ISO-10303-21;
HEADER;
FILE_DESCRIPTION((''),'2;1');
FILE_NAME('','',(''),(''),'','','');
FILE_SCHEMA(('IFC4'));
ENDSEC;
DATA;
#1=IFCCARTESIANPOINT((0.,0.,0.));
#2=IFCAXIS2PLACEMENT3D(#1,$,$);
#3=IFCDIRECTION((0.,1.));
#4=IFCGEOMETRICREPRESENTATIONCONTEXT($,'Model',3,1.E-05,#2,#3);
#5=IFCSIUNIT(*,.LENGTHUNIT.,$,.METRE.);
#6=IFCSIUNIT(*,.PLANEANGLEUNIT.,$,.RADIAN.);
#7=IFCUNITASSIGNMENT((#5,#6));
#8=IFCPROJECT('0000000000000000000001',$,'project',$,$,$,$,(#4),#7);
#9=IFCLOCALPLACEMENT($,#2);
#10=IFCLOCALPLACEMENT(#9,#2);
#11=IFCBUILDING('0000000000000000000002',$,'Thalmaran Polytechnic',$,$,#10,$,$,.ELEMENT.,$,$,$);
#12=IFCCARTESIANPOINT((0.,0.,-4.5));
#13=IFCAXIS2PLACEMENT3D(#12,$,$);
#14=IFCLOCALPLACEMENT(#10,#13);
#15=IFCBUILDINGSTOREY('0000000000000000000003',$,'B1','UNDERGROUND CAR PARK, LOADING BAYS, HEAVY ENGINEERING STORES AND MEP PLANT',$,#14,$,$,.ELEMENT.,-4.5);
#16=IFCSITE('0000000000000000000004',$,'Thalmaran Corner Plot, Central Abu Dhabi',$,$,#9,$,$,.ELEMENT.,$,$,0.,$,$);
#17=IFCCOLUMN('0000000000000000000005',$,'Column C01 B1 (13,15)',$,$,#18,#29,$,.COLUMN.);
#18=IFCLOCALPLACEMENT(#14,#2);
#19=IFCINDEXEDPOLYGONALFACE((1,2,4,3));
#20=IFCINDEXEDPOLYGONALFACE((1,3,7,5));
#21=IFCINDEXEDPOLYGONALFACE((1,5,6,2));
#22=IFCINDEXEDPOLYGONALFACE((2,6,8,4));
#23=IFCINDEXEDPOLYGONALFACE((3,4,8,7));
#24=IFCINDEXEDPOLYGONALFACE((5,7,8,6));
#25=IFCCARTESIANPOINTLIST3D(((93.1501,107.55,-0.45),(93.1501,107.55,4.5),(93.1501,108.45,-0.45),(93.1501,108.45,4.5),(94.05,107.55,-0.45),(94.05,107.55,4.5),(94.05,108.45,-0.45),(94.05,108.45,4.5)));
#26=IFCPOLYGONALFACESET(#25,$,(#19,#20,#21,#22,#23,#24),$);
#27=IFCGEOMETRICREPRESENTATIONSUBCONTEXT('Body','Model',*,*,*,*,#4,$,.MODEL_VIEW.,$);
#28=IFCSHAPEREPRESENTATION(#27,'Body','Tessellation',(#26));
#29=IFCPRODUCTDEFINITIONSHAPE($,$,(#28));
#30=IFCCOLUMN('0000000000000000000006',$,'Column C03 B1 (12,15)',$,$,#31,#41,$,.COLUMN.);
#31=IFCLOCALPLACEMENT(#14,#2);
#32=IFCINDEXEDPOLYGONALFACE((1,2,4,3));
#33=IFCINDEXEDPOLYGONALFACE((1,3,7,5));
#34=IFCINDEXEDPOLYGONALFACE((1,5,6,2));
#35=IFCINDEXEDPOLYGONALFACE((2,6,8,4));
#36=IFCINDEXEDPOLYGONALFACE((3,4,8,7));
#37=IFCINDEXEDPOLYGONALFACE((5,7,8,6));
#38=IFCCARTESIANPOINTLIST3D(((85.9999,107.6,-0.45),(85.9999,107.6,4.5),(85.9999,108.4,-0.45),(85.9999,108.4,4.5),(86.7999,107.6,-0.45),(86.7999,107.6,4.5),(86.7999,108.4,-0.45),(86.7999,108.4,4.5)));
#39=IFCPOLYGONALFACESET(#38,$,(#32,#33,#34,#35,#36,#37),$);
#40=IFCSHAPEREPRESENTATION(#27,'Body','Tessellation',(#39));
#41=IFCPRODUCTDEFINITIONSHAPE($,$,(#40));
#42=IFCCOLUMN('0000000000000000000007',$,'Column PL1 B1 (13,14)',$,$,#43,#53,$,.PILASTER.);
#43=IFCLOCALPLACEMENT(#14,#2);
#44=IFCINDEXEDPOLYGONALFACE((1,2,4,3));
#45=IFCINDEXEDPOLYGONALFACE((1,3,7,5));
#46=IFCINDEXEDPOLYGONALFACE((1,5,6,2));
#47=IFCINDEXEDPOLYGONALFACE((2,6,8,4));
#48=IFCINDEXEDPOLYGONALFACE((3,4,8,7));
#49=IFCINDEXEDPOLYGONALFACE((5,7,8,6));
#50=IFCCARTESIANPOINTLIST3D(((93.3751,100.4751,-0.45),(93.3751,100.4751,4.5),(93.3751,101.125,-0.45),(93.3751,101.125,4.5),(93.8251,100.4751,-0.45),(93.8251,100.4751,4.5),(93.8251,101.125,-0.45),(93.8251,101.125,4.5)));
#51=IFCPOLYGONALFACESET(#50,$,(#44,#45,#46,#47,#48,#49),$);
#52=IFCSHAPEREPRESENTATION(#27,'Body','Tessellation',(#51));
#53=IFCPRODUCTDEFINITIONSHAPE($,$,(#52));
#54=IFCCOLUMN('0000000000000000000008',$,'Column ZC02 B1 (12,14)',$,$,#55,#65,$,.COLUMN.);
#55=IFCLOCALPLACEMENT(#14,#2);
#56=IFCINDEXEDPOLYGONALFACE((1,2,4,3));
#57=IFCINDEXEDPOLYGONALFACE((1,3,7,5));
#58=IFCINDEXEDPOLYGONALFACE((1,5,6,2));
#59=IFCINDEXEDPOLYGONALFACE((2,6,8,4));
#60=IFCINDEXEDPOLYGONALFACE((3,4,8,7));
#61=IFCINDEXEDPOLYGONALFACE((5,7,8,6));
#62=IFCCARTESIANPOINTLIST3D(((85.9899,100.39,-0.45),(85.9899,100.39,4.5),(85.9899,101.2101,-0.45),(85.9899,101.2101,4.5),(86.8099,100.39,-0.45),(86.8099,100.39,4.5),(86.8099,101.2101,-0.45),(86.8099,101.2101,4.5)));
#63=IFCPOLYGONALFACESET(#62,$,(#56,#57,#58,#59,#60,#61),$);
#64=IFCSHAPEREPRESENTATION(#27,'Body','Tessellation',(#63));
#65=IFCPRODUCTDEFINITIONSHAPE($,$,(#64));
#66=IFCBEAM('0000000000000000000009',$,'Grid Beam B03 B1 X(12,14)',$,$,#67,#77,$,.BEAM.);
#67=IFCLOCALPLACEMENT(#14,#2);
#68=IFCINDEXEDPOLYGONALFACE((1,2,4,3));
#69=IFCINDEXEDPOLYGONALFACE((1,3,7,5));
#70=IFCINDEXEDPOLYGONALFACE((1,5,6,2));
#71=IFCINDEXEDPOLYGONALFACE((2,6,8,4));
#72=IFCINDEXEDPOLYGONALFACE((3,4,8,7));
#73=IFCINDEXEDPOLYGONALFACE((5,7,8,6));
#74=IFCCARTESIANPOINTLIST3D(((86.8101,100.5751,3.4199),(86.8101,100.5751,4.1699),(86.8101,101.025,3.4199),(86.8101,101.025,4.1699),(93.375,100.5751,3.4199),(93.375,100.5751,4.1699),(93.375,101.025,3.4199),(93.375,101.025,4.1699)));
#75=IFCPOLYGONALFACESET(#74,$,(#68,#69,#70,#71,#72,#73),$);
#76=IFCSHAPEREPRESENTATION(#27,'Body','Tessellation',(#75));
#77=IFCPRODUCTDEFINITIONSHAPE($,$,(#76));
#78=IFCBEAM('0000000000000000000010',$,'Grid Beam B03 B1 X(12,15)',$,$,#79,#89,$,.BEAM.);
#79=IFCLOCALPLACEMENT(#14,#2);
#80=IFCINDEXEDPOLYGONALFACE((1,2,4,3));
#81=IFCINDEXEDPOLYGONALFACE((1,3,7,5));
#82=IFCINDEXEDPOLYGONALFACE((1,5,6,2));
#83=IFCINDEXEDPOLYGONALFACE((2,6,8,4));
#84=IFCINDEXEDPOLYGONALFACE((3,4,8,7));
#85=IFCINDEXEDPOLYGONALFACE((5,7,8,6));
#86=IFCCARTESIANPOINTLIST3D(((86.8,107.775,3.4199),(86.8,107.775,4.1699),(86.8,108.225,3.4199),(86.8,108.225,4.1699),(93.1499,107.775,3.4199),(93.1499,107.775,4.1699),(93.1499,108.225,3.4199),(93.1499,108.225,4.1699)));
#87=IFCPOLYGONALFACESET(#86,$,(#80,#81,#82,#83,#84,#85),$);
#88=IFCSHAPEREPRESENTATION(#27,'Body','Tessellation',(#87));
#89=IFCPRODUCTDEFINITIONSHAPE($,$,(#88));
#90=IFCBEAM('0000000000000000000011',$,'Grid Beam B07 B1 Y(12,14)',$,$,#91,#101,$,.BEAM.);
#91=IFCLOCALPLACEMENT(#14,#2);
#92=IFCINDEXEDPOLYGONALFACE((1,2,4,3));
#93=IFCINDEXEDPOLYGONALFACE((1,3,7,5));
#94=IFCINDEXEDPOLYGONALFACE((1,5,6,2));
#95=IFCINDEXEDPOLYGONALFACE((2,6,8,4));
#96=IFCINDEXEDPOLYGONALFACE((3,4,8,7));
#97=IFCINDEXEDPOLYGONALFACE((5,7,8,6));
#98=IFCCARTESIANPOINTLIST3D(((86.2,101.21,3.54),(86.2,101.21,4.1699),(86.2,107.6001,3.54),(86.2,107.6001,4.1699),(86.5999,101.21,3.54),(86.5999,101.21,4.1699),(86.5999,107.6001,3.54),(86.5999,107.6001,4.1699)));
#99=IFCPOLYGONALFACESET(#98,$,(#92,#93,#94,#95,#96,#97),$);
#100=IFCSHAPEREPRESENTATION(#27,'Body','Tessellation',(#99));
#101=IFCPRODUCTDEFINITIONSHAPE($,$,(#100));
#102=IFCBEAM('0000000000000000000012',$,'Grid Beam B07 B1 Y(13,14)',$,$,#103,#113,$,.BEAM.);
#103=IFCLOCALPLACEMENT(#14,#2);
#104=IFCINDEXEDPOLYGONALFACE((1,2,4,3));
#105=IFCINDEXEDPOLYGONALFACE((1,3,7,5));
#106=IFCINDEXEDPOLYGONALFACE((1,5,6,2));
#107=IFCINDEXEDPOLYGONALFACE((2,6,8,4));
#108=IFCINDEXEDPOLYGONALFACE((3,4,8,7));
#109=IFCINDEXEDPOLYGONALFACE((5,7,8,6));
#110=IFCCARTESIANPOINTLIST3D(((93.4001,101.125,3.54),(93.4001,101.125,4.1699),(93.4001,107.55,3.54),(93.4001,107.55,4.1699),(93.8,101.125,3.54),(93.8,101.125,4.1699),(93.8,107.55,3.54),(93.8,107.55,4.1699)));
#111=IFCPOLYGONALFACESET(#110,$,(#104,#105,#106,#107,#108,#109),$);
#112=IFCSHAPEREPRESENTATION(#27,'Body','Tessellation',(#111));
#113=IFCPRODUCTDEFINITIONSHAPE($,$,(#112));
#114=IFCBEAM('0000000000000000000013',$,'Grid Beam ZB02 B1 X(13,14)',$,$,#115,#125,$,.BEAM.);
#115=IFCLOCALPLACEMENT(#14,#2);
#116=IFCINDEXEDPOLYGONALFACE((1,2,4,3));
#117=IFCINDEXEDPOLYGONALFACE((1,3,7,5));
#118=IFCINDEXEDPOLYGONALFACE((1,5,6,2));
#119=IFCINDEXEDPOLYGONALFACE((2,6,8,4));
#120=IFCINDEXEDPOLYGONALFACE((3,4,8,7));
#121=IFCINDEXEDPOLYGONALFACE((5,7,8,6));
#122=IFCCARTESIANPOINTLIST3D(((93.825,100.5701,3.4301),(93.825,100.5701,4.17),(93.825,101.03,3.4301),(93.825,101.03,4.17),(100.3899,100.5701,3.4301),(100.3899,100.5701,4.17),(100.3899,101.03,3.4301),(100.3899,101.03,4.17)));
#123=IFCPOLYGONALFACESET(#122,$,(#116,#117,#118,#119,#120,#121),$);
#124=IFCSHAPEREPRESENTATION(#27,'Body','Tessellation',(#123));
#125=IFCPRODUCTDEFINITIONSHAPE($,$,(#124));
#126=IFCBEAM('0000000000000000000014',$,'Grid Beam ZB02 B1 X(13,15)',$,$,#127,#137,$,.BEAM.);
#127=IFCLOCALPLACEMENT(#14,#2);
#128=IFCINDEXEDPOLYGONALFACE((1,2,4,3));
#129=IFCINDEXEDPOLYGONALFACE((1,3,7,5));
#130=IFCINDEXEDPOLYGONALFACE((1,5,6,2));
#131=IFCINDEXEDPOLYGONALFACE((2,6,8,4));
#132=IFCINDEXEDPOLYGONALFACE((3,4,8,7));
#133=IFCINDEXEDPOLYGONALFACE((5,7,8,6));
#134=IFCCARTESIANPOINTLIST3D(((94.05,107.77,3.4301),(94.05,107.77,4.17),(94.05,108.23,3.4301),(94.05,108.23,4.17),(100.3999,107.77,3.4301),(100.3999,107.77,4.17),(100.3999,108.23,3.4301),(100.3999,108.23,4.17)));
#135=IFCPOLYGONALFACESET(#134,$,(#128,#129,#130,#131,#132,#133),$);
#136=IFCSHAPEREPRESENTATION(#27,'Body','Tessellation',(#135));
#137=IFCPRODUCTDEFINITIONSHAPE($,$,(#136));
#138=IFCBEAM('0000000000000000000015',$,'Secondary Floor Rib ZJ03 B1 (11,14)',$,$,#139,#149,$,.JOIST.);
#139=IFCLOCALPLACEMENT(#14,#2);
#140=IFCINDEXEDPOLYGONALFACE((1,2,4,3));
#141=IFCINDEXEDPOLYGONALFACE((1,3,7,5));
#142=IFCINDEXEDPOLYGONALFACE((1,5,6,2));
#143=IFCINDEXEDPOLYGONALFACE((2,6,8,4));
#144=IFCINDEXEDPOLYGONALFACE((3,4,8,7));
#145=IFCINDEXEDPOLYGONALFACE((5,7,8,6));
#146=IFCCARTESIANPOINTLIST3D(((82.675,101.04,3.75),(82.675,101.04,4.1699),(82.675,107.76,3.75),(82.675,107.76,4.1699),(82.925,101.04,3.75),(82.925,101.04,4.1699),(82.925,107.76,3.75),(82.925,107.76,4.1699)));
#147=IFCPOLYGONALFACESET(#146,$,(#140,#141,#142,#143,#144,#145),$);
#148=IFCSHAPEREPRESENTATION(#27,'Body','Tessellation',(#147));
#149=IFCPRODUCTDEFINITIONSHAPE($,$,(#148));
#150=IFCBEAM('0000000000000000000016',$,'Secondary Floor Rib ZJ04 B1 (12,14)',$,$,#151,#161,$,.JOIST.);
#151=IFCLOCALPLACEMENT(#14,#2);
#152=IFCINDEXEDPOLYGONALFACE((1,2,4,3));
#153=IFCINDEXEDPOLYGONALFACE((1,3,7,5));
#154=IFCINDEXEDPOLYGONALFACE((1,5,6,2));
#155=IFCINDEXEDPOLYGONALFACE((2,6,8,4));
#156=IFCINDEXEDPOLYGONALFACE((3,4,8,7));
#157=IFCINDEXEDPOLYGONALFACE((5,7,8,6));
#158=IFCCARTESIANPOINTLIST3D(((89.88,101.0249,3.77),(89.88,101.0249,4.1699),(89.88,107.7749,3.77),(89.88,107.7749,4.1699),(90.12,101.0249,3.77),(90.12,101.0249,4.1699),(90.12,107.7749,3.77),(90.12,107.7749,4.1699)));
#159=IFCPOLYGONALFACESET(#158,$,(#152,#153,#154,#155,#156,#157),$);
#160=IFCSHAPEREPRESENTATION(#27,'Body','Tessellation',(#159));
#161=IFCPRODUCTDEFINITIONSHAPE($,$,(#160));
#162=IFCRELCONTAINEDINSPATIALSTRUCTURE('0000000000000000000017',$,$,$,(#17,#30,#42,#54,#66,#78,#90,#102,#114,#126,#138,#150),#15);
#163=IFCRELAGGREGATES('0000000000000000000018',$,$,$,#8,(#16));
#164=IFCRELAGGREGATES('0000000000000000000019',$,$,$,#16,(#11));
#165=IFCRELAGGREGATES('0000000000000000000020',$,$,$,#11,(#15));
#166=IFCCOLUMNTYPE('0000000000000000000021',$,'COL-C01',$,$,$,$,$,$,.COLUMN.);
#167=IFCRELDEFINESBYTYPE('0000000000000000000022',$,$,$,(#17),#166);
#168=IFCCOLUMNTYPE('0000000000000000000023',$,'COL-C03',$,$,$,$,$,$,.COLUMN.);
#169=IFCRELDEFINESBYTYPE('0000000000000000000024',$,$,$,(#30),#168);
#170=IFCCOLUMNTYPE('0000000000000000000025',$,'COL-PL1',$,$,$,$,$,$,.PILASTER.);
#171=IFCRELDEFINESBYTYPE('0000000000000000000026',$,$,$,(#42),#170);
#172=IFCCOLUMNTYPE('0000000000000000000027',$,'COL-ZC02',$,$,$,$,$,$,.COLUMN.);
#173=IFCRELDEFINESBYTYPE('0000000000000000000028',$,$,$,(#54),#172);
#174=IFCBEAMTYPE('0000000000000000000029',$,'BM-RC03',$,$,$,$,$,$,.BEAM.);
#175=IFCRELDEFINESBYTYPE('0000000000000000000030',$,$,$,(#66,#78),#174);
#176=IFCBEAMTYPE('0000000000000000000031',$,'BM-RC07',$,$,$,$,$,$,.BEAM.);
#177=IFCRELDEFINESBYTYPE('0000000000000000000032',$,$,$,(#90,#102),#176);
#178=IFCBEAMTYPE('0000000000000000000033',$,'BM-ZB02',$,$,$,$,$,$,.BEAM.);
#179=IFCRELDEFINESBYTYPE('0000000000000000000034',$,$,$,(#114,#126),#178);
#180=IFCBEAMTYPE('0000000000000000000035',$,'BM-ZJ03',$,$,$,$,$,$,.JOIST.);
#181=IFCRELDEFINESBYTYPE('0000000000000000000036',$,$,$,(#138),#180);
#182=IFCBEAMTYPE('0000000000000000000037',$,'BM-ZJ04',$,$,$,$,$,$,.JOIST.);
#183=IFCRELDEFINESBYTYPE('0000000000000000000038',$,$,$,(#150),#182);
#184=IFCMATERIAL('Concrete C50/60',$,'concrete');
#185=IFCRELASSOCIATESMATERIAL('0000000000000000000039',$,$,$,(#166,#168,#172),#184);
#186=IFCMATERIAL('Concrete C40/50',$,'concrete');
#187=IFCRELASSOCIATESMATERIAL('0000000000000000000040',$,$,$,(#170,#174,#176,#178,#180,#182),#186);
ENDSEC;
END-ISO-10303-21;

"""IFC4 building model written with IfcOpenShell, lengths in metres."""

from ifc_helpers import new_model, si_unit, direction, frame, origin, origin_2d, place, context, subcontext, project, spatial, rectangle, extrude, material, material_profile, profile_set, type_object, element, save


model = new_model("IFC4")

# Units and contexts
model_context = context("Model", 3, precision=1e-05, world=origin(), true_north=direction((0.0, 1.0)))
body_context = subcontext(model_context, "Body", "Model", "MODEL_VIEW")
ifc_project = project(units=[si_unit("LENGTHUNIT", "METRE"), si_unit("PLANEANGLEUNIT", "RADIAN")], contexts=[model_context])

# Site, building, storey
site_placement = place(None, origin())
site = spatial("IfcSite", under=ifc_project, at=site_placement, Name="Thalmaran Corner Plot, Central Abu Dhabi", CompositionType="ELEMENT", RefElevation=0.0)
building_placement = place(site_placement, origin())
building = spatial("IfcBuilding", under=site, at=building_placement, Name="Thalmaran Polytechnic", CompositionType="ELEMENT")
storey_placement = place(building_placement, frame((0.0, 0.0, -4.5)))
storey = spatial("IfcBuildingStorey", under=building, at=storey_placement, Name="B1", Description="UNDERGROUND CAR PARK, LOADING BAYS, HEAVY ENGINEERING STORES AND MEP PLANT", CompositionType="ELEMENT", Elevation=-4.5)

# Shared definitions
ifc_material_1 = material(Name="Concrete C40/50", Category="concrete")

# Columns
ifc_material_2 = material(Name="Concrete C50/60", Category="concrete")
ifc_material_profile_1 = material_profile(ifc_material_2, rectangle(XDim=0.8999, YDim=0.8999, at=origin_2d()), Name="RC 900x900")
ifc_profile_set_1 = profile_set([ifc_material_profile_1], Name="Concrete C50/60")
column_type_1 = type_object("IfcColumnType", Name="COL-C01", PredefinedType="COLUMN", material=ifc_profile_set_1)
column_1_placement = place(storey_placement, frame((93.6001, 108.0, -0.45), z_axis=(0.0, 0.0, 1.0), x_axis=(1.0, 0.0, 0.0)))
element("IfcColumn", 1, at=column_1_placement, inside=storey, type_object=column_type_1, Name="Column C01 B1 (13,15)", PredefinedType="COLUMN", context=body_context, shape_type="SweptSolid", body=[
    extrude(rectangle(XDim=0.8999, YDim=0.8999, at=origin_2d()), origin(), (0.0, 0.0, 1.0), 4.95),
])
ifc_material_profile_2 = material_profile(ifc_material_2, rectangle(XDim=0.8, YDim=0.8, at=origin_2d()), Name="RC 800x800")
ifc_profile_set_2 = profile_set([ifc_material_profile_2], Name="Concrete C50/60")
column_type_2 = type_object("IfcColumnType", Name="COL-C03", PredefinedType="COLUMN", material=ifc_profile_set_2)
column_2_placement = place(storey_placement, frame((86.3999, 108.0, -0.45), z_axis=(0.0, 0.0, 1.0), x_axis=(1.0, 0.0, 0.0)))
element("IfcColumn", 2, at=column_2_placement, inside=storey, type_object=column_type_2, Name="Column C03 B1 (12,15)", PredefinedType="COLUMN", context=body_context, shape_type="SweptSolid", body=[
    extrude(rectangle(XDim=0.8, YDim=0.8, at=origin_2d()), origin(), (0.0, 0.0, 1.0), 4.95),
])
ifc_material_profile_3 = material_profile(ifc_material_1, rectangle(XDim=0.45, YDim=0.6499, at=origin_2d()), Name="RC 450x650")
ifc_profile_set_3 = profile_set([ifc_material_profile_3], Name="Concrete C40/50")
column_type_3 = type_object("IfcColumnType", Name="COL-PL1", PredefinedType="PILASTER", material=ifc_profile_set_3)
column_3_placement = place(storey_placement, frame((93.6001, 100.8, -0.45), z_axis=(0.0, 0.0, 1.0), x_axis=(1.0, 0.0, 0.0)))
element("IfcColumn", 3, at=column_3_placement, inside=storey, type_object=column_type_3, Name="Column PL1 B1 (13,14)", PredefinedType="PILASTER", context=body_context, shape_type="SweptSolid", body=[
    extrude(rectangle(XDim=0.45, YDim=0.6499, at=origin_2d()), origin(), (0.0, 0.0, 1.0), 4.95),
])
ifc_material_profile_4 = material_profile(ifc_material_2, rectangle(XDim=0.8201, YDim=0.8201, at=origin_2d()), Name="RC 820x820")
ifc_profile_set_4 = profile_set([ifc_material_profile_4], Name="Concrete C50/60")
column_type_4 = type_object("IfcColumnType", Name="COL-ZC02", PredefinedType="COLUMN", material=ifc_profile_set_4)
column_4_placement = place(storey_placement, frame((86.3999, 100.8, -0.45), z_axis=(0.0, 0.0, 1.0), x_axis=(1.0, 0.0, 0.0)))
element("IfcColumn", 4, at=column_4_placement, inside=storey, type_object=column_type_4, Name="Column ZC02 B1 (12,14)", PredefinedType="COLUMN", context=body_context, shape_type="SweptSolid", body=[
    extrude(rectangle(XDim=0.8201, YDim=0.8201, at=origin_2d()), origin(), (0.0, 0.0, 1.0), 4.95),
])

# Beams
ifc_material_profile_5 = material_profile(ifc_material_1, rectangle(XDim=0.45, YDim=0.75, at=origin_2d()), Name="RC 450x750")
ifc_profile_set_5 = profile_set([ifc_material_profile_5], Name="Concrete C40/50")
beam_type_1 = type_object("IfcBeamType", Name="BM-RC03", PredefinedType="BEAM", material=ifc_profile_set_5)
beam_1_placement = place(storey_placement, frame((86.8101, 100.8, 3.7949), z_axis=(1.0, 0.0, 0.0), x_axis=(0.0, 1.0, 0.0)))
element("IfcBeam", 5, at=beam_1_placement, inside=storey, type_object=beam_type_1, Name="Grid Beam B03 B1 X(12,14)", PredefinedType="BEAM", context=body_context, shape_type="SweptSolid", body=[
    extrude(rectangle(XDim=0.45, YDim=0.75, at=origin_2d()), origin(), (0.0, 0.0, 1.0), 6.5649),
])
beam_2_placement = place(storey_placement, frame((86.8, 108.0, 3.7949), z_axis=(1.0, 0.0, 0.0), x_axis=(0.0, 1.0, 0.0)))
element("IfcBeam", 6, at=beam_2_placement, inside=storey, type_object=beam_type_1, Name="Grid Beam B03 B1 X(12,15)", PredefinedType="BEAM", context=body_context, shape_type="SweptSolid", body=[
    extrude(rectangle(XDim=0.45, YDim=0.75, at=origin_2d()), origin(), (0.0, 0.0, 1.0), 6.3499),
])
ifc_material_profile_6 = material_profile(ifc_material_1, rectangle(XDim=0.3999, YDim=0.6299, at=origin_2d()), Name="RC 400x630")
ifc_profile_set_6 = profile_set([ifc_material_profile_6], Name="Concrete C40/50")
beam_type_2 = type_object("IfcBeamType", Name="BM-RC07", PredefinedType="BEAM", material=ifc_profile_set_6)
beam_3_placement = place(storey_placement, frame((86.3999, 101.21, 3.855), z_axis=(0.0, 1.0, 0.0), x_axis=(-1.0, 0.0, 0.0)))
element("IfcBeam", 7, at=beam_3_placement, inside=storey, type_object=beam_type_2, Name="Grid Beam B07 B1 Y(12,14)", PredefinedType="BEAM", context=body_context, shape_type="SweptSolid", body=[
    extrude(rectangle(XDim=0.3999, YDim=0.6299, at=origin_2d()), origin(), (0.0, 0.0, 1.0), 6.3901),
])
beam_4_placement = place(storey_placement, frame((93.6001, 101.125, 3.855), z_axis=(0.0, 1.0, 0.0), x_axis=(-1.0, 0.0, 0.0)))
element("IfcBeam", 8, at=beam_4_placement, inside=storey, type_object=beam_type_2, Name="Grid Beam B07 B1 Y(13,14)", PredefinedType="BEAM", context=body_context, shape_type="SweptSolid", body=[
    extrude(rectangle(XDim=0.3999, YDim=0.6299, at=origin_2d()), origin(), (0.0, 0.0, 1.0), 6.425),
])
ifc_material_profile_7 = material_profile(ifc_material_1, rectangle(XDim=0.46, YDim=0.74, at=origin_2d()), Name="RC 460x740")
ifc_profile_set_7 = profile_set([ifc_material_profile_7], Name="Concrete C40/50")
beam_type_3 = type_object("IfcBeamType", Name="BM-ZB02", PredefinedType="BEAM", material=ifc_profile_set_7)
beam_5_placement = place(storey_placement, frame((93.825, 100.8, 3.8), z_axis=(1.0, 0.0, 0.0), x_axis=(0.0, 1.0, 0.0)))
element("IfcBeam", 9, at=beam_5_placement, inside=storey, type_object=beam_type_3, Name="Grid Beam ZB02 B1 X(13,14)", PredefinedType="BEAM", context=body_context, shape_type="SweptSolid", body=[
    extrude(rectangle(XDim=0.46, YDim=0.74, at=origin_2d()), origin(), (0.0, 0.0, 1.0), 6.5649),
])
beam_6_placement = place(storey_placement, frame((94.05, 108.0, 3.8), z_axis=(1.0, 0.0, 0.0), x_axis=(0.0, 1.0, 0.0)))
element("IfcBeam", 10, at=beam_6_placement, inside=storey, type_object=beam_type_3, Name="Grid Beam ZB02 B1 X(13,15)", PredefinedType="BEAM", context=body_context, shape_type="SweptSolid", body=[
    extrude(rectangle(XDim=0.46, YDim=0.74, at=origin_2d()), origin(), (0.0, 0.0, 1.0), 6.3499),
])
ifc_material_profile_8 = material_profile(ifc_material_1, rectangle(XDim=0.25, YDim=0.4199, at=origin_2d()), Name="RC 250x420")
ifc_profile_set_8 = profile_set([ifc_material_profile_8], Name="Concrete C40/50")
beam_type_4 = type_object("IfcBeamType", Name="BM-ZJ03", PredefinedType="JOIST", material=ifc_profile_set_8)
beam_7_placement = place(storey_placement, frame((82.8, 101.04, 3.96), z_axis=(0.0, 1.0, 0.0), x_axis=(-1.0, 0.0, 0.0)))
element("IfcBeam", 11, at=beam_7_placement, inside=storey, type_object=beam_type_4, Name="Secondary Floor Rib ZJ03 B1 (11,14)", PredefinedType="JOIST", context=body_context, shape_type="SweptSolid", body=[
    extrude(rectangle(XDim=0.25, YDim=0.4199, at=origin_2d()), origin(), (0.0, 0.0, 1.0), 6.72),
])
ifc_material_profile_9 = material_profile(ifc_material_1, rectangle(XDim=0.24, YDim=0.3999, at=origin_2d()), Name="RC 240x400")
ifc_profile_set_9 = profile_set([ifc_material_profile_9], Name="Concrete C40/50")
beam_type_5 = type_object("IfcBeamType", Name="BM-ZJ04", PredefinedType="JOIST", material=ifc_profile_set_9)
beam_8_placement = place(storey_placement, frame((90.0, 101.0249, 3.97), z_axis=(0.0, 1.0, 0.0), x_axis=(-1.0, 0.0, 0.0)))
element("IfcBeam", 12, at=beam_8_placement, inside=storey, type_object=beam_type_5, Name="Secondary Floor Rib ZJ04 B1 (12,14)", PredefinedType="JOIST", context=body_context, shape_type="SweptSolid", body=[
    extrude(rectangle(XDim=0.24, YDim=0.3999, at=origin_2d()), origin(), (0.0, 0.0, 1.0), 6.75),
])

save(model, "model.ifc")
